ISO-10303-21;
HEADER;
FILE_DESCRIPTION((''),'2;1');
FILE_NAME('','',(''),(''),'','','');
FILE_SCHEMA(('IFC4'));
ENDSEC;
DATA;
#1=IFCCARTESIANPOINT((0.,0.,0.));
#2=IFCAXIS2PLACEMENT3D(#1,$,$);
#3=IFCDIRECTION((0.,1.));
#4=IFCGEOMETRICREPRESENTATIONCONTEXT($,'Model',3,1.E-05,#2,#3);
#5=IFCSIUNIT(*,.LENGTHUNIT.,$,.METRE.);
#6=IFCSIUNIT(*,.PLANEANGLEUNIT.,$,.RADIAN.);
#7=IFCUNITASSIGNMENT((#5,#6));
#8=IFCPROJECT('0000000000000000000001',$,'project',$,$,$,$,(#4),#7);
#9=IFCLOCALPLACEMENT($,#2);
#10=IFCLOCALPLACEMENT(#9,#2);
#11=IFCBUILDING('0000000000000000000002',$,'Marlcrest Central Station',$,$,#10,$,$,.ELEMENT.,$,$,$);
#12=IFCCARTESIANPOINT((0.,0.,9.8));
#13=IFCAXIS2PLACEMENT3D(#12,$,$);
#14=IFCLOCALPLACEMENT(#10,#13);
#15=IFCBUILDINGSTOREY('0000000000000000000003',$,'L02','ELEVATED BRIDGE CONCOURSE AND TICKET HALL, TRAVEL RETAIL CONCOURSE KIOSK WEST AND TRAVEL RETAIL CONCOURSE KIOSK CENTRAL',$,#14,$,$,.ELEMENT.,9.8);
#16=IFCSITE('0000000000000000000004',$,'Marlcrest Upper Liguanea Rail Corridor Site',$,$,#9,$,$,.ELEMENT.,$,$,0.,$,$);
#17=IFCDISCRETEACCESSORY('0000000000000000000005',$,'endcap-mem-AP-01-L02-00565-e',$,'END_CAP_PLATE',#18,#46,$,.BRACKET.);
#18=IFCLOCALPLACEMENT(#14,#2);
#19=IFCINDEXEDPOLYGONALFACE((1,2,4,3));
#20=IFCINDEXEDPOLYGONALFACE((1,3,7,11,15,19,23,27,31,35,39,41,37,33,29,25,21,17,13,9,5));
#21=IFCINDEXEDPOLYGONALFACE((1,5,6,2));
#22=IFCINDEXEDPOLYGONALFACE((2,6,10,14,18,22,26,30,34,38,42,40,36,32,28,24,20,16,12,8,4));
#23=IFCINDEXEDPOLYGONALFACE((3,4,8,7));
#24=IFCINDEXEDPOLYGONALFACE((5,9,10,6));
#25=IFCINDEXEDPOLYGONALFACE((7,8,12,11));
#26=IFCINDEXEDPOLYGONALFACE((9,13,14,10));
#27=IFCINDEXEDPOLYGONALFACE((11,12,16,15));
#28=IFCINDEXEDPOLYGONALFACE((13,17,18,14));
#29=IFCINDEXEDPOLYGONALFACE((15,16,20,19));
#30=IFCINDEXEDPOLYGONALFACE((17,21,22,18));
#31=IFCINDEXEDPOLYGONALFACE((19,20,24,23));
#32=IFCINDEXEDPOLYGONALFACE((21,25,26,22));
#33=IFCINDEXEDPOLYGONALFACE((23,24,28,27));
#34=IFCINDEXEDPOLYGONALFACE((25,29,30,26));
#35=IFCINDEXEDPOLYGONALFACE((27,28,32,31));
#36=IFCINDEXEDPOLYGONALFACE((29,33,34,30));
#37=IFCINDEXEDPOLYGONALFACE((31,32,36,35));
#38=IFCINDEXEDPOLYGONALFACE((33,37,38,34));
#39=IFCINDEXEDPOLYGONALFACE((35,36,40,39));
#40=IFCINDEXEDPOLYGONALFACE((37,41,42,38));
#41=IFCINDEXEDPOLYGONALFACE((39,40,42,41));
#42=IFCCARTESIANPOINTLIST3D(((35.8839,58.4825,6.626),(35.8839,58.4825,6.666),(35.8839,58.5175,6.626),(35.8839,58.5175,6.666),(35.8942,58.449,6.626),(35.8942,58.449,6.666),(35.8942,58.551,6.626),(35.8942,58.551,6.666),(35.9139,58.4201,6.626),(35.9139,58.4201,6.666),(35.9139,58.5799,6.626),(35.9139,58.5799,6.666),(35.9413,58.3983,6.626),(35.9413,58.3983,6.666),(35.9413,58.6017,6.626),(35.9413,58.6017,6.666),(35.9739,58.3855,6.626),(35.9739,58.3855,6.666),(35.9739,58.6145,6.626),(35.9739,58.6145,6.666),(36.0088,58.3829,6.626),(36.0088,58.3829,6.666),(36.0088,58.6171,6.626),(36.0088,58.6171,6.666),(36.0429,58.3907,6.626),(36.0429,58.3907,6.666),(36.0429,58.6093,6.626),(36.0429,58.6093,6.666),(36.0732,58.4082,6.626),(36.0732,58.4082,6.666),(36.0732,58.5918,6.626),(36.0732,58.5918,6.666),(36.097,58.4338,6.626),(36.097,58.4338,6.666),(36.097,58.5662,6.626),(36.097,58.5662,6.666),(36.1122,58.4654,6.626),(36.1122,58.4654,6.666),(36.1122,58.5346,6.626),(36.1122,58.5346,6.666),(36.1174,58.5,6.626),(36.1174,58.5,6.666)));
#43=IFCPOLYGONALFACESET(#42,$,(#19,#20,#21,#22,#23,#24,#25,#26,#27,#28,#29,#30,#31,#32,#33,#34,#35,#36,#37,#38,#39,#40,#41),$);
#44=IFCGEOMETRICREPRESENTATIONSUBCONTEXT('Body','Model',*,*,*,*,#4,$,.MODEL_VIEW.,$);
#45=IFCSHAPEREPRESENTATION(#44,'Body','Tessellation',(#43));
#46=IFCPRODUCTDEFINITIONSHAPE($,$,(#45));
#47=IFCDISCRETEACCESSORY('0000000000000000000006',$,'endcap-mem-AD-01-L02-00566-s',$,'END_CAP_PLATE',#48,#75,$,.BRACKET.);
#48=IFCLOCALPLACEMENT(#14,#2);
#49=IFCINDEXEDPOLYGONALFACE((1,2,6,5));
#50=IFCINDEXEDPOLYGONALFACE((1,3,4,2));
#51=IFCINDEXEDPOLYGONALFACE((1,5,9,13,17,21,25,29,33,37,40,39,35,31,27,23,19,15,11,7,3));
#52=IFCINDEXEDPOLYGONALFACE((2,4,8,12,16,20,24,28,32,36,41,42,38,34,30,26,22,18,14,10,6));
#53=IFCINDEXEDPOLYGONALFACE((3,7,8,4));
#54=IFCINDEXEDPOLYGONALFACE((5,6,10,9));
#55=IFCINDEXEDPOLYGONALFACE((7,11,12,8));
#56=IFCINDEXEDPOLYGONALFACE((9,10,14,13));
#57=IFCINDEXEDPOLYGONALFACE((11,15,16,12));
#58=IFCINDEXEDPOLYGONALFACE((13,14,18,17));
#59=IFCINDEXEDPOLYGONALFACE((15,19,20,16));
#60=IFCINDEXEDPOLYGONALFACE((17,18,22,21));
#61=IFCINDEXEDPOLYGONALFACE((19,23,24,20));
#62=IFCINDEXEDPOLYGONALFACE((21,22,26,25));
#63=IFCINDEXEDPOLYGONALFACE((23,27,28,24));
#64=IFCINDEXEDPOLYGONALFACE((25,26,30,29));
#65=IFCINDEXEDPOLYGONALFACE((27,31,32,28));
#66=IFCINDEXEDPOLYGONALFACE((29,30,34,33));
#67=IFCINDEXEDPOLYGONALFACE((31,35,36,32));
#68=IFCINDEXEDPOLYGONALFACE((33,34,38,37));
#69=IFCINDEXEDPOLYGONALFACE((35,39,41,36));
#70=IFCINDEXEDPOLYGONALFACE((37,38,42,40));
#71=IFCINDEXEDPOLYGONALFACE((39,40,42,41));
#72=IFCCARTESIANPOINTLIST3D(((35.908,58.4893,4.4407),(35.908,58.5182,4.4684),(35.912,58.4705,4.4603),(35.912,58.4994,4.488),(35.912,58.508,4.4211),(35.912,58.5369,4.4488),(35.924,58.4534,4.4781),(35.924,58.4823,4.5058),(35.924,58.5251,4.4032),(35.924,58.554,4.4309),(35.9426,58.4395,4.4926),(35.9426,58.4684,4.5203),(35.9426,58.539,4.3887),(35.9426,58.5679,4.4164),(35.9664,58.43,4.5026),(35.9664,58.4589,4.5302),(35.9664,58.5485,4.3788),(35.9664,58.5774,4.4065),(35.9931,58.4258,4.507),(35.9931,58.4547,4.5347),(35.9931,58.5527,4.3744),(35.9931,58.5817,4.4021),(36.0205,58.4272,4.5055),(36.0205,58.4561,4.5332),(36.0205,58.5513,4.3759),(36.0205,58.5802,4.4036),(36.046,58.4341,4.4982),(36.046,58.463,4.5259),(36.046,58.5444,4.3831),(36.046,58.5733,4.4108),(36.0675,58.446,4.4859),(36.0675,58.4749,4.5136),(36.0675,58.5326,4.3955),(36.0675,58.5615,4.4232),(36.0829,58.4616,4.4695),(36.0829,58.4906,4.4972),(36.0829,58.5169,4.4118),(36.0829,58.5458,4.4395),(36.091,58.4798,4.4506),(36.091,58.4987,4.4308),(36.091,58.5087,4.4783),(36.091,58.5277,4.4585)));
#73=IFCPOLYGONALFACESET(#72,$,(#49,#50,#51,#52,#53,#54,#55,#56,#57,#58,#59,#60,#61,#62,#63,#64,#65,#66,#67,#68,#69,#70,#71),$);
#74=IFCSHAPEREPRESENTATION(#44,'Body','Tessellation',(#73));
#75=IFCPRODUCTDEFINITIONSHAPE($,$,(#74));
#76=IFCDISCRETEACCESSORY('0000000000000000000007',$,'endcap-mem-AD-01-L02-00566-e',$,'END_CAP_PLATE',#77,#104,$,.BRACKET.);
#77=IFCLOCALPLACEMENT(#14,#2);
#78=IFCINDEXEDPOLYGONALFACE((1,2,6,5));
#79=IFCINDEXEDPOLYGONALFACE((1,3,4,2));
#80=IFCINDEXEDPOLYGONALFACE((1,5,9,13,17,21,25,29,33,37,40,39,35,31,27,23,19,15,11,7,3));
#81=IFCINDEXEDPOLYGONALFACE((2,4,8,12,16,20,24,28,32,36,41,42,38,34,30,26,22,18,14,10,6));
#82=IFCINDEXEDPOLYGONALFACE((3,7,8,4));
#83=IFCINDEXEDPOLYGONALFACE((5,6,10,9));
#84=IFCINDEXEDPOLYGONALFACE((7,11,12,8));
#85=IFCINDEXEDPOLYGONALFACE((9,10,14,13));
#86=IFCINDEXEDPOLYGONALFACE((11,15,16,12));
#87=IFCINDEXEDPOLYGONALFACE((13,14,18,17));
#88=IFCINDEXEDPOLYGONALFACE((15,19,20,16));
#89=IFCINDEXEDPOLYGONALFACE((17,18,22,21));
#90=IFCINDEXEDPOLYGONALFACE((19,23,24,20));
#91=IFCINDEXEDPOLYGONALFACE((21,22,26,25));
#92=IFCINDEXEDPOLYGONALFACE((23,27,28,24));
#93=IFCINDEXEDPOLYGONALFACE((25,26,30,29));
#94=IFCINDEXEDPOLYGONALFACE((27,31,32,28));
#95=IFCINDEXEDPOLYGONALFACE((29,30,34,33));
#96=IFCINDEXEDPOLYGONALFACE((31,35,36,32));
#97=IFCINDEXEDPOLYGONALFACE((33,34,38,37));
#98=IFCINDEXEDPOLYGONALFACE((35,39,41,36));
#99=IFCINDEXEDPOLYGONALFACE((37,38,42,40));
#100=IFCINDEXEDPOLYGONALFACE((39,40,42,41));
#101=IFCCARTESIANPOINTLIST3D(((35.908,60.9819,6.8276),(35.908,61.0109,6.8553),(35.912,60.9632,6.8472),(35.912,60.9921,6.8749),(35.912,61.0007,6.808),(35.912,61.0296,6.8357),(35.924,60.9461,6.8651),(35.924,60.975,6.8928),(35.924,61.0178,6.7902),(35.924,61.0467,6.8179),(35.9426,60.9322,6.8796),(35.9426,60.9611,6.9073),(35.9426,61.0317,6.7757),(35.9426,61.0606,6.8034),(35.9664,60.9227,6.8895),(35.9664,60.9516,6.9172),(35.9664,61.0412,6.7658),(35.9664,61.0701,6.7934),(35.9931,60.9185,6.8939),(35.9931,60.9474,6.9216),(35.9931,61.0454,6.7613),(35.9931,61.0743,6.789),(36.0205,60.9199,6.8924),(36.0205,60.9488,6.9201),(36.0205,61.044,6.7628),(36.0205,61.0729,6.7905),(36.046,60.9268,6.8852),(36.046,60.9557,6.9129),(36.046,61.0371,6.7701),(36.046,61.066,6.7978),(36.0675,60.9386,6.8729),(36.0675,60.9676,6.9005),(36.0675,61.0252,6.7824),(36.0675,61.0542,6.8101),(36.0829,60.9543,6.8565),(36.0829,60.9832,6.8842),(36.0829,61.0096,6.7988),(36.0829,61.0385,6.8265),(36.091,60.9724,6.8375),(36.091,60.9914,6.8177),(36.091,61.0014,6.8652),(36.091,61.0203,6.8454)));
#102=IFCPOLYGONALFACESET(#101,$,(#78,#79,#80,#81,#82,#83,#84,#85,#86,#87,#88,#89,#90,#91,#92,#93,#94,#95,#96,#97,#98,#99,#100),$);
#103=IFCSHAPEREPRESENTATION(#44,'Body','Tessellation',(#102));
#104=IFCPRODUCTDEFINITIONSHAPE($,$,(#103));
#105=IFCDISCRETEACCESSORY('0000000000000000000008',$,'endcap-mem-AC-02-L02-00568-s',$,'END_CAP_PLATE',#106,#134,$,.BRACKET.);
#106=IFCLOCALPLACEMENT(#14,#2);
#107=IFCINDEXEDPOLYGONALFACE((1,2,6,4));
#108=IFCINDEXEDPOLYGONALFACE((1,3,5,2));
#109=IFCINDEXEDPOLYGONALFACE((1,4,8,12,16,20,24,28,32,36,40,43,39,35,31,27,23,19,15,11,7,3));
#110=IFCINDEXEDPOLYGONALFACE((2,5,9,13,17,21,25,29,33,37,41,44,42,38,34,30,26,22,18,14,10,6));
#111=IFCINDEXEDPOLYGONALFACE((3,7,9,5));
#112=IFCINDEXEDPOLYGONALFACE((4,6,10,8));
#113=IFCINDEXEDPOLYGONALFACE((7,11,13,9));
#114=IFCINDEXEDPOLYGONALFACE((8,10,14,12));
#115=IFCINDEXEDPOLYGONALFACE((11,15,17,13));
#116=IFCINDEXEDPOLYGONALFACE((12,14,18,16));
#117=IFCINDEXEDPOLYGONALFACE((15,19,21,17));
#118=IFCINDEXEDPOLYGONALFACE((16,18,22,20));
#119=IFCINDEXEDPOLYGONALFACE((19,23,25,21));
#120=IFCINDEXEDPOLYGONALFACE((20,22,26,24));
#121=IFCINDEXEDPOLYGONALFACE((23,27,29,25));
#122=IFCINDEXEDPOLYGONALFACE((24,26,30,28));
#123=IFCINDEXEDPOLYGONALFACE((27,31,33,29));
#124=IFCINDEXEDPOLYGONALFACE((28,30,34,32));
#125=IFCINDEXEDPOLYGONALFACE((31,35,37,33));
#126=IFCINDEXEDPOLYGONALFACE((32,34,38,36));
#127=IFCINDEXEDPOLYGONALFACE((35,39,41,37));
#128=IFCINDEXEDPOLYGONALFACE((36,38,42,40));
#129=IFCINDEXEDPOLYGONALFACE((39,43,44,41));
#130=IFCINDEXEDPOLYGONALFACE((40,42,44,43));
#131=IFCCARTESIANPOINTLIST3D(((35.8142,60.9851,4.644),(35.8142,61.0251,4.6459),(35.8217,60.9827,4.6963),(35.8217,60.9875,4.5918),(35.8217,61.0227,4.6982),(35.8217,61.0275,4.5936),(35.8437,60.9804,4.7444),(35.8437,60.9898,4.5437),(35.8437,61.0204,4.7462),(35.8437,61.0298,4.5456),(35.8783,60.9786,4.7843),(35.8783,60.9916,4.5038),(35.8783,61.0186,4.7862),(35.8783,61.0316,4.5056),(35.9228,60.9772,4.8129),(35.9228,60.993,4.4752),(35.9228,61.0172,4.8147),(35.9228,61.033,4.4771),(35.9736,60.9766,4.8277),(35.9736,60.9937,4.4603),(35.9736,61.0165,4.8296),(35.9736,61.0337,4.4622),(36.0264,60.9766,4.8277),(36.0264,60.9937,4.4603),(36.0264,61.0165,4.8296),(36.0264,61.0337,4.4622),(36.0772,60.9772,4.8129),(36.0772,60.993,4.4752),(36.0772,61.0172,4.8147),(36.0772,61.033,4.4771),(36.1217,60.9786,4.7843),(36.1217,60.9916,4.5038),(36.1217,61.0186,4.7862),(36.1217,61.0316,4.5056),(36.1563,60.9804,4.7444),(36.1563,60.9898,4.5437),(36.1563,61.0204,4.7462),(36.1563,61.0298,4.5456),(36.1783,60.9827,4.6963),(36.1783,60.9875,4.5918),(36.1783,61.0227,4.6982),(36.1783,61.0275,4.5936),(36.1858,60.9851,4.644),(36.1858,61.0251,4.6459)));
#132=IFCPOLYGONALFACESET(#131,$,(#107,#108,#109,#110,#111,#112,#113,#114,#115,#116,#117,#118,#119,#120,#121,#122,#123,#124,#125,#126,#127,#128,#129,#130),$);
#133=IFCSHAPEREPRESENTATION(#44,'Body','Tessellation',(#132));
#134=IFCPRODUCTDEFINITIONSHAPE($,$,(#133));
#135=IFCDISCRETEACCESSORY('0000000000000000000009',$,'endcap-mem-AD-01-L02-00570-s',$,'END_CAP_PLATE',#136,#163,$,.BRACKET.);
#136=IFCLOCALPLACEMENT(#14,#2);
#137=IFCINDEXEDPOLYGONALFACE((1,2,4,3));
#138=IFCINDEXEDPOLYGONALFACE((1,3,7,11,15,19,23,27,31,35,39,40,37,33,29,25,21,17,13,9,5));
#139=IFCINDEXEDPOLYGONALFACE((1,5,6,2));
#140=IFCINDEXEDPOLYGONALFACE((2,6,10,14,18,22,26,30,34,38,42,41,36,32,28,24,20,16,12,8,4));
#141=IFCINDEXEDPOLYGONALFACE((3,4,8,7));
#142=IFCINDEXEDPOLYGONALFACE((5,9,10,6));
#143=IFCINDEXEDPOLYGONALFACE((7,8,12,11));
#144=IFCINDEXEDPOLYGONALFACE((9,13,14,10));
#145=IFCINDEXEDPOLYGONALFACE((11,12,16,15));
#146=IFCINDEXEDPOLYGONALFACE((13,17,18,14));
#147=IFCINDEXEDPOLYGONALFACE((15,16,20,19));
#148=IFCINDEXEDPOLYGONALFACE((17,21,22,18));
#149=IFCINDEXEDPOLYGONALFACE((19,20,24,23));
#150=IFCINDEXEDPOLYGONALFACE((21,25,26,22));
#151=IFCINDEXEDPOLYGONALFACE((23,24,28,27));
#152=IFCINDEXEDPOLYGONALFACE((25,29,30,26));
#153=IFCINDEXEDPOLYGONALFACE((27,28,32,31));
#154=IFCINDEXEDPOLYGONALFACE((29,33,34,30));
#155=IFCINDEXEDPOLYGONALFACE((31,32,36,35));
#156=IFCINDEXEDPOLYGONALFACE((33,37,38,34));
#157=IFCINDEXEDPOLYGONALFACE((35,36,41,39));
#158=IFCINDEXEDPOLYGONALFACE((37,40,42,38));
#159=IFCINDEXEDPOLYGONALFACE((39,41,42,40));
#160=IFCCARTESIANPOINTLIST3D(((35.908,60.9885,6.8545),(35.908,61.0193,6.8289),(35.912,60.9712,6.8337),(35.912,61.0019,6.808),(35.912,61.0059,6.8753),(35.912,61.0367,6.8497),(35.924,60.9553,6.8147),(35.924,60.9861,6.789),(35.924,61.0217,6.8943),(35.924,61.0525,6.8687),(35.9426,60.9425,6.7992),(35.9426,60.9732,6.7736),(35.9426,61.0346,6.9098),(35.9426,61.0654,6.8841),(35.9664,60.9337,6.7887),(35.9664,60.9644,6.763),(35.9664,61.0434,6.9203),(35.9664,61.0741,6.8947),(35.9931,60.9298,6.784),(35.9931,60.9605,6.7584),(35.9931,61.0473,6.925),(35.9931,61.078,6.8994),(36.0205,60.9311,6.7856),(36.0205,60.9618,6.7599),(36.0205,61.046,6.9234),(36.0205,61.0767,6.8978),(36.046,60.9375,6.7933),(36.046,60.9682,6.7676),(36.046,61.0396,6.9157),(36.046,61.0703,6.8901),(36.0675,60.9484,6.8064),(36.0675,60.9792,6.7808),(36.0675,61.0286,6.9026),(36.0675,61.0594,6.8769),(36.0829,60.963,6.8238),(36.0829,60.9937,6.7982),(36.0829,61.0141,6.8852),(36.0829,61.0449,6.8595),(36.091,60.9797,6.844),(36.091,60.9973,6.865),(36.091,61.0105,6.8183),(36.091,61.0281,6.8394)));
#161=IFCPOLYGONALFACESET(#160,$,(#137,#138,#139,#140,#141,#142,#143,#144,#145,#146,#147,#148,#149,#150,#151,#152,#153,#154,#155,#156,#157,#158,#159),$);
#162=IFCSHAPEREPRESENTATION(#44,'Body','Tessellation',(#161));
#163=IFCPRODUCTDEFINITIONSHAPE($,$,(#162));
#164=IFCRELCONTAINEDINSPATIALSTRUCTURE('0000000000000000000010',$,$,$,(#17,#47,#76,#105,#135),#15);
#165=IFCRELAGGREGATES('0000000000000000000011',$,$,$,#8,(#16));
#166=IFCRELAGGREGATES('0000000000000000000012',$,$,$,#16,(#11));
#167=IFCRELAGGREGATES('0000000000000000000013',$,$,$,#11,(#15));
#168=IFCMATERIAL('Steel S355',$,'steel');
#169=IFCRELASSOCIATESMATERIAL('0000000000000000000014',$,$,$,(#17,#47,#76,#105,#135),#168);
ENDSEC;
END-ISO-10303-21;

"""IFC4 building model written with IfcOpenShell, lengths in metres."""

from ifc_helpers import new_model, si_unit, direction, frame, origin, origin_2d, place, context, subcontext, project, spatial, circle, extrude, material, element, save


model = new_model("IFC4")

# Units and contexts
model_context = context("Model", 3, precision=1e-05, world=origin(), true_north=direction((0.0, 1.0)))
body_context = subcontext(model_context, "Body", "Model", "MODEL_VIEW")
ifc_project = project(units=[si_unit("LENGTHUNIT", "METRE"), si_unit("PLANEANGLEUNIT", "RADIAN")], contexts=[model_context])

# Site, building, storey
site_placement = place(None, origin())
site = spatial("IfcSite", under=ifc_project, at=site_placement, Name="Marlcrest Upper Liguanea Rail Corridor Site", CompositionType="ELEMENT", RefElevation=0.0)
building_placement = place(site_placement, origin())
building = spatial("IfcBuilding", under=site, at=building_placement, Name="Marlcrest Central Station", CompositionType="ELEMENT")
storey_placement = place(building_placement, frame((0.0, 0.0, 9.8)))
storey = spatial("IfcBuildingStorey", under=building, at=storey_placement, Name="L02", Description="ELEVATED BRIDGE CONCOURSE AND TICKET HALL, TRAVEL RETAIL CONCOURSE KIOSK WEST AND TRAVEL RETAIL CONCOURSE KIOSK CENTRAL", CompositionType="ELEMENT", Elevation=9.8)

# Shared definitions
ifc_material = material(Name="Steel S355", Category="steel")

# Discrete accessories
for number, where, z_axis, x_axis, name in (
    (1, (36.0, 58.5, 6.626), (0.0, 0.0, 1.0), (1.0, 0.0, 0.0), "endcap-mem-AP-01-L02-00565-e"),
):
    element("IfcDiscreteAccessory", number, at=place(storey_placement, frame(where, z_axis=z_axis, x_axis=x_axis)), inside=storey, material=ifc_material, Name=name, ObjectType="END_CAP_PLATE", PredefinedType="BRACKET", context=body_context, shape_type="SweptSolid", body=[
        extrude(circle(Radius=0.1174, at=origin_2d()), origin(), (0.0, 0.0, 1.0), 0.04),
    ])
for number, where, z_axis, x_axis, name in (
    (2, (36.0, 58.4893, 4.4407), (0.0, 0.722247, 0.691636), (-1.0, 0.0, 0.0), "endcap-mem-AD-01-L02-00566-s"),
    (3, (36.0, 60.9819, 6.8276), (0.0, 0.722247, 0.691636), (-1.0, 0.0, 0.0), "endcap-mem-AD-01-L02-00566-e"),
):
    element("IfcDiscreteAccessory", number, at=place(storey_placement, frame(where, z_axis=z_axis, x_axis=x_axis)), inside=storey, material=ifc_material, Name=name, ObjectType="END_CAP_PLATE", PredefinedType="BRACKET", context=body_context, shape_type="SweptSolid", body=[
        extrude(circle(Radius=0.092, at=origin_2d()), origin(), (0.0, 0.0, 1.0), 0.04),
    ])
discrete_accessory_1_placement = place(storey_placement, frame((36.0, 60.9851, 4.644), z_axis=(0.0, 0.998917, 0.046532), x_axis=(-1.0, 0.0, 0.0)))
element("IfcDiscreteAccessory", 4, at=discrete_accessory_1_placement, inside=storey, material=ifc_material, Name="endcap-mem-AC-02-L02-00568-s", ObjectType="END_CAP_PLATE", PredefinedType="BRACKET", context=body_context, shape_type="SweptSolid", body=[
    extrude(circle(Radius=0.1858, at=origin_2d()), origin(), (0.0, 0.0, 1.0), 0.04),
])
discrete_accessory_2_placement = place(storey_placement, frame((36.0, 60.9885, 6.8545), z_axis=(0.0, 0.76816, -0.640258), x_axis=(-1.0, 0.0, 0.0)))
element("IfcDiscreteAccessory", 5, at=discrete_accessory_2_placement, inside=storey, material=ifc_material, Name="endcap-mem-AD-01-L02-00570-s", ObjectType="END_CAP_PLATE", PredefinedType="BRACKET", context=body_context, shape_type="SweptSolid", body=[
    extrude(circle(Radius=0.092, at=origin_2d()), origin(), (0.0, 0.0, 1.0), 0.04),
])

save(model, "model.ifc")
